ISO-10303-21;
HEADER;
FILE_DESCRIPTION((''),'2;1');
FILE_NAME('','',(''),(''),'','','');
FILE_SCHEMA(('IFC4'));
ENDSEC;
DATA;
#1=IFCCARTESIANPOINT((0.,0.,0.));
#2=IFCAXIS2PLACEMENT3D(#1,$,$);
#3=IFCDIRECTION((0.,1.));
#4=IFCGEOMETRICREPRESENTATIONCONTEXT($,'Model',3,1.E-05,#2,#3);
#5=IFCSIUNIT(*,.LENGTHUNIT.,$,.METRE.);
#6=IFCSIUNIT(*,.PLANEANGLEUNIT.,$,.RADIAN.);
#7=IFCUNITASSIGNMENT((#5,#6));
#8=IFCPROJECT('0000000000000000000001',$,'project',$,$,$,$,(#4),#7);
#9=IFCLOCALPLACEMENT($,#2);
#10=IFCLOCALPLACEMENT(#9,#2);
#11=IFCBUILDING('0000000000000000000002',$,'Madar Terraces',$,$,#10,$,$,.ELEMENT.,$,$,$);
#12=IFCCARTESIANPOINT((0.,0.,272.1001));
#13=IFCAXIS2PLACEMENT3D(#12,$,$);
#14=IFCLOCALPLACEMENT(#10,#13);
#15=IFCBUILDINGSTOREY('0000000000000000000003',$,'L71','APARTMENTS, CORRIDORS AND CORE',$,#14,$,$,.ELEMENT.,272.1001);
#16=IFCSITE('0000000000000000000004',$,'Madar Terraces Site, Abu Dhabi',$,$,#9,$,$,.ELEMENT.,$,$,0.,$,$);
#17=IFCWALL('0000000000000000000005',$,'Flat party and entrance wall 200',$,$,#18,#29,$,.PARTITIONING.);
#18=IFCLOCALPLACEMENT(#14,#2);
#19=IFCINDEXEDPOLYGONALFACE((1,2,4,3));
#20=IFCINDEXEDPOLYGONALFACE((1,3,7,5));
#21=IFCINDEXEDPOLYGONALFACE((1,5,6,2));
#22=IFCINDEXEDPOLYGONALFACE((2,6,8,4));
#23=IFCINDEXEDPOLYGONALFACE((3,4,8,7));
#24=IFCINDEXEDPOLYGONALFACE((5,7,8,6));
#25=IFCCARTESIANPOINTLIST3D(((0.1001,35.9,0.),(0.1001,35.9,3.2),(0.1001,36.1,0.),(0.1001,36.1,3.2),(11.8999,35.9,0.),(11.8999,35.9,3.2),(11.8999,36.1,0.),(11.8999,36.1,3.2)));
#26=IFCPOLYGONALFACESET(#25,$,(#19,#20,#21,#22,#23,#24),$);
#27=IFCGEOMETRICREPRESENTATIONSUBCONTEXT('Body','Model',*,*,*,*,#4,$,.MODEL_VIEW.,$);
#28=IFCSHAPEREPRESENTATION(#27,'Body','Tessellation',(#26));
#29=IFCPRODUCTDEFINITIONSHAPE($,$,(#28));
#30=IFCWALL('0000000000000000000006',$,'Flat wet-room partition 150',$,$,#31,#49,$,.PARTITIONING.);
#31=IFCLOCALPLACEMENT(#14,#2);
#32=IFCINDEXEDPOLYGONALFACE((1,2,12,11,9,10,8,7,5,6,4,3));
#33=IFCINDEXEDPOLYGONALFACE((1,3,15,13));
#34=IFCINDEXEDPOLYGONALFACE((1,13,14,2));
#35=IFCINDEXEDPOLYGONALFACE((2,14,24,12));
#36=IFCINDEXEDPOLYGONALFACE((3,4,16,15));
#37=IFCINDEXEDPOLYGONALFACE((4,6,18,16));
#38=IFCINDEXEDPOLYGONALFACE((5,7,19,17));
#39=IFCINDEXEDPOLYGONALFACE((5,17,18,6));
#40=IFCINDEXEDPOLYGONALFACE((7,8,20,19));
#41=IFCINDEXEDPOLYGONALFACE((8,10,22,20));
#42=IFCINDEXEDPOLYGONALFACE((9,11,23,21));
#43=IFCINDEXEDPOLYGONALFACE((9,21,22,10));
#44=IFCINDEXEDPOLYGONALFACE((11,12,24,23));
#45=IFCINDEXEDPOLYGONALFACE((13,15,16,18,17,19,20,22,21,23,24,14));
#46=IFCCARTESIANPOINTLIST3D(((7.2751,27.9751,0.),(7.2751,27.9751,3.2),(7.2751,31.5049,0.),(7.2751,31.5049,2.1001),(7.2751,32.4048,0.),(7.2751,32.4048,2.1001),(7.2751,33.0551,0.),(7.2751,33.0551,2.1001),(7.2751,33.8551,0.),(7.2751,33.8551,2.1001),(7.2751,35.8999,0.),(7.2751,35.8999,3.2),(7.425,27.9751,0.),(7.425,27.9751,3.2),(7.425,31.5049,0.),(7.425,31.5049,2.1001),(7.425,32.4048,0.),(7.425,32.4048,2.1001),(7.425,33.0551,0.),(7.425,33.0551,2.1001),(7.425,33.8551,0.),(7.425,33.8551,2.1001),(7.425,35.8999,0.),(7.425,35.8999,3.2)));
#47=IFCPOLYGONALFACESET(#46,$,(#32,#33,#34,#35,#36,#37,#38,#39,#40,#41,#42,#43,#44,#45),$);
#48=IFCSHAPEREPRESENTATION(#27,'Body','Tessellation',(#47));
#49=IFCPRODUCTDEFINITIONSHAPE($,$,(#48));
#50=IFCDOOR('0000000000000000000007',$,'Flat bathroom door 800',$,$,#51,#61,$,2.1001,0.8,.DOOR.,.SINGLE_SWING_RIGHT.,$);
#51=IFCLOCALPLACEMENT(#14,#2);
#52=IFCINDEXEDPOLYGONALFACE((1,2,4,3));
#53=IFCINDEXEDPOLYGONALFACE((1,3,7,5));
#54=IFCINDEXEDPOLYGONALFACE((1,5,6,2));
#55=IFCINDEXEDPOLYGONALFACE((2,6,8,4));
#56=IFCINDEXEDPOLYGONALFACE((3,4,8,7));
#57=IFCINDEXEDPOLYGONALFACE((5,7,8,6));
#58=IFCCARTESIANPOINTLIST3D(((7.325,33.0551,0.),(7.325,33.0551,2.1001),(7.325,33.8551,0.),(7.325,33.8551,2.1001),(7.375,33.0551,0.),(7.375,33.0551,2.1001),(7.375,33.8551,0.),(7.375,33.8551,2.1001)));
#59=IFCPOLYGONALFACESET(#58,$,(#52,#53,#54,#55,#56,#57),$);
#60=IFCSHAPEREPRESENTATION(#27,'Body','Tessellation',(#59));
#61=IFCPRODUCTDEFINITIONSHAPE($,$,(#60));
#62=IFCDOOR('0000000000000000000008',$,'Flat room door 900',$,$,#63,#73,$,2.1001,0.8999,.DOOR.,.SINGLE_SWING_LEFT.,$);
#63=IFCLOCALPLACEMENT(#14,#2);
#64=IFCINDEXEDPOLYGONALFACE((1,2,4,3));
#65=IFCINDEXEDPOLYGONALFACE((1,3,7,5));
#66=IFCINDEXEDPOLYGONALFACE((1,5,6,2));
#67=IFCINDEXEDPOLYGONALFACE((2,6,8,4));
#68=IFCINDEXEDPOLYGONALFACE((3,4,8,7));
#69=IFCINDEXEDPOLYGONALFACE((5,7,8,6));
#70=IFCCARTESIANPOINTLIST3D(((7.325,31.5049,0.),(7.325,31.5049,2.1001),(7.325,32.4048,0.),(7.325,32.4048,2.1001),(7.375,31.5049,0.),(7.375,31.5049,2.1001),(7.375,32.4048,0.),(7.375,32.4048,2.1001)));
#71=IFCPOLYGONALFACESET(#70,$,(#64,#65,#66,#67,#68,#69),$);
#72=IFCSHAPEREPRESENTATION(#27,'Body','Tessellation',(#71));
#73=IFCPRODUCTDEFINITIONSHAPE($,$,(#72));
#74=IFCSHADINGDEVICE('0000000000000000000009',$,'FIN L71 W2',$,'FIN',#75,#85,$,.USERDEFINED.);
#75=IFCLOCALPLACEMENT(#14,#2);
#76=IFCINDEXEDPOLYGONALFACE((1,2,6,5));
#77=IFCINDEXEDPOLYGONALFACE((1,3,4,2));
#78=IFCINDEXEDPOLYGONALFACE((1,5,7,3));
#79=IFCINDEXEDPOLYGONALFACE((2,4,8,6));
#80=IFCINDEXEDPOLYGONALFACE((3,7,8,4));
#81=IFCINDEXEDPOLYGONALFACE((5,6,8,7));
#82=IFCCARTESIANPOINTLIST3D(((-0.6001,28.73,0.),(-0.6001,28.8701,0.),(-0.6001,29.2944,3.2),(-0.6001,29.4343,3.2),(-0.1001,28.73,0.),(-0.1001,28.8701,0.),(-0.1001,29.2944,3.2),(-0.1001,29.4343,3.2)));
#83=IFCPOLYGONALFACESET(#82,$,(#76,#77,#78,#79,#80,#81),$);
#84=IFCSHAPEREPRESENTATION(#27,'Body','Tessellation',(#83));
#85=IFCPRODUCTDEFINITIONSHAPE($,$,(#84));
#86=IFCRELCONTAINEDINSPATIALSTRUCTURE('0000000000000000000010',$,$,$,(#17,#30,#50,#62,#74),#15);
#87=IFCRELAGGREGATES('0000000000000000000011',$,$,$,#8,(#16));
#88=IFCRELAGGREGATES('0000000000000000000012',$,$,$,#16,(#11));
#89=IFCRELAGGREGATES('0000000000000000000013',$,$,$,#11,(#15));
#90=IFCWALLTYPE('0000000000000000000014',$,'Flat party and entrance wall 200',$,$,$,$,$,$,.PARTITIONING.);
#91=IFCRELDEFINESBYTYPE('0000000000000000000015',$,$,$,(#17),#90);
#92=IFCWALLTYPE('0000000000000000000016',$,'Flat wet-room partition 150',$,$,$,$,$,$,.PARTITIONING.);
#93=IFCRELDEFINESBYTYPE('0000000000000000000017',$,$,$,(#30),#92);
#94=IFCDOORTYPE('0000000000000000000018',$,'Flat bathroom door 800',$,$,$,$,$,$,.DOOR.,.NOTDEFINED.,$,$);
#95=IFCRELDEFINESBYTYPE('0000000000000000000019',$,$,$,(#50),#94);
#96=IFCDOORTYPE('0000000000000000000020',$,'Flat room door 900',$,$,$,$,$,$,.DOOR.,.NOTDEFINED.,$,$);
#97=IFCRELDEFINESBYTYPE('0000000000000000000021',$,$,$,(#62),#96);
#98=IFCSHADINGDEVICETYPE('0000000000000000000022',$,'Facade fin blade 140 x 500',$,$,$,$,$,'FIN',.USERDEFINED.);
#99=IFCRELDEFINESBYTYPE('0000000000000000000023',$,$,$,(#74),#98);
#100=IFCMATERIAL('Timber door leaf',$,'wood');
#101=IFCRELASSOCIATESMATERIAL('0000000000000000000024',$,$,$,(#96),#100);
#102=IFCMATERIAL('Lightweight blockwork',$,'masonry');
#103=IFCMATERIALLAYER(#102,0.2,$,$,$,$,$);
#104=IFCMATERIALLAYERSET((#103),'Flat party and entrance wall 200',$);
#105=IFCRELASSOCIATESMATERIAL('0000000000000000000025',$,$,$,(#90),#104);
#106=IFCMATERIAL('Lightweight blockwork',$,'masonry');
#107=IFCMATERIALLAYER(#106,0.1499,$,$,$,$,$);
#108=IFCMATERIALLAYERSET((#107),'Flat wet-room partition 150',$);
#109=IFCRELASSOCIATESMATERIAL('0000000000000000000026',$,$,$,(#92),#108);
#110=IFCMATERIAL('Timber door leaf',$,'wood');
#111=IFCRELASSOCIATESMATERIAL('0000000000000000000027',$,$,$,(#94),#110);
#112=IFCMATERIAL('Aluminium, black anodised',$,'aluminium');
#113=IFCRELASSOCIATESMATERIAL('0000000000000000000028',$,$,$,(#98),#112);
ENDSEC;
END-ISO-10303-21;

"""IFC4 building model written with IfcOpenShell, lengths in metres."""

from ifc_helpers import new_model, si_unit, direction, frame, frame_2d, origin, place, context, subcontext, project, spatial, polyline, rectangle, outline, extrude, material, layer, layer_set, type_object, element, fill, save


model = new_model("IFC4")

# Units and contexts
model_context = context("Model", 3, precision=1e-05, world=origin(), true_north=direction((0.0, 1.0)))
body_context = subcontext(model_context, "Body", "Model", "MODEL_VIEW")
ifc_project = project(units=[si_unit("LENGTHUNIT", "METRE"), si_unit("PLANEANGLEUNIT", "RADIAN")], contexts=[model_context])

# Site, building, storey
site_placement = place(None, origin())
site = spatial("IfcSite", under=ifc_project, at=site_placement, Name="Madar Terraces Site, Abu Dhabi", CompositionType="ELEMENT", RefElevation=0.0)
building_placement = place(site_placement, origin())
building = spatial("IfcBuilding", under=site, at=building_placement, Name="Madar Terraces", CompositionType="ELEMENT")
storey_placement = place(building_placement, frame((0.0, 0.0, 272.1001)))
storey = spatial("IfcBuildingStorey", under=building, at=storey_placement, Name="L71", Description="APARTMENTS, CORRIDORS AND CORE", CompositionType="ELEMENT", Elevation=272.1001)

# Shared definitions
ifc_material_1 = material(Name="Timber door leaf", Category="wood")
door_type_1 = type_object("IfcDoorType", Name="Flat room door 900", OperationType="NOTDEFINED", PredefinedType="DOOR", material=ifc_material_1)

# Wall
ifc_material_2 = material(Name="Lightweight blockwork", Category="masonry")
ifc_layer_1 = layer(ifc_material_2, 0.2)
ifc_layer_set_1 = layer_set([ifc_layer_1], Name="Flat party and entrance wall 200")
wall_type_1 = type_object("IfcWallType", Name="Flat party and entrance wall 200", PredefinedType="PARTITIONING", material=ifc_layer_set_1)
wall_1_placement = place(storey_placement, frame((0.1001, 36.0, 0.0), z_axis=(0.0, 0.0, 1.0), x_axis=(1.0, 0.0, 0.0)))
element("IfcWall", 1, at=wall_1_placement, inside=storey, type_object=wall_type_1, Name="Flat party and entrance wall 200", PredefinedType="PARTITIONING", context=body_context, shape_type="SweptSolid", body=[
    extrude(rectangle(XDim=11.7998, YDim=0.2, at=frame_2d((5.8999, 0.0))), origin(), (0.0, 0.0, 1.0), 3.2),
])

# Wall, openings, doors
ifc_material_3 = material(Name="Lightweight blockwork", Category="masonry")
ifc_layer_2 = layer(ifc_material_3, 0.1499)
ifc_layer_set_2 = layer_set([ifc_layer_2], Name="Flat wet-room partition 150")
wall_type_2 = type_object("IfcWallType", Name="Flat wet-room partition 150", PredefinedType="PARTITIONING", material=ifc_layer_set_2)
wall_2_placement = place(storey_placement, frame((7.3501, 35.8999, 0.0), z_axis=(0.0, 0.0, 1.0), x_axis=(0.0, -1.0, 0.0)))
wall_2 = element("IfcWall", 2, at=wall_2_placement, inside=storey, type_object=wall_type_2, Name="Flat wet-room partition 150", PredefinedType="PARTITIONING", context=body_context, shape_type="SweptSolid", body=[
    extrude(rectangle(XDim=7.9248, YDim=0.1499, at=frame_2d((3.9624, 0.0))), origin(), (0.0, 0.0, 1.0), 3.2),
])
opening_1_placement = place(wall_2_placement, frame((3.4951, 0.0, 0.0)))
opening_1 = element("IfcOpeningElement", 3, at=opening_1_placement, cuts=wall_2, PredefinedType="OPENING", context=body_context, shape_type="SweptSolid", body=[
    extrude(rectangle(XDim=0.8999, YDim=2.1001, at=frame_2d((0.45, 1.05))), frame((0.0, 0.085, 0.0), z_axis=(0.0, -1.0, 0.0), x_axis=(1.0, 0.0, 0.0)), (0.0, 0.0, 1.0), 0.1699),
])
opening_2_placement = place(wall_2_placement, frame((2.0449, 0.0, 0.0)))
opening_2 = element("IfcOpeningElement", 4, at=opening_2_placement, cuts=wall_2, PredefinedType="OPENING", context=body_context, shape_type="SweptSolid", body=[
    extrude(rectangle(XDim=0.8, YDim=2.1001, at=frame_2d((0.3999, 1.05))), frame((0.0, 0.085, 0.0), z_axis=(0.0, -1.0, 0.0), x_axis=(1.0, 0.0, 0.0)), (0.0, 0.0, 1.0), 0.1699),
])
ifc_material_4 = material(Name="Timber door leaf", Category="wood")
door_type_2 = type_object("IfcDoorType", Name="Flat bathroom door 800", OperationType="NOTDEFINED", PredefinedType="DOOR", material=ifc_material_4)
door_1_placement = place(opening_2_placement, origin())
door_1 = element("IfcDoor", 5, at=door_1_placement, inside=storey, type_object=door_type_2, Name="Flat bathroom door 800", OperationType="SINGLE_SWING_RIGHT", OverallHeight=2.1001, OverallWidth=0.8, PredefinedType="DOOR", context=body_context, shape_type="SweptSolid", body=[
    extrude(rectangle(XDim=0.8, YDim=2.1001, at=frame_2d((0.3999, 1.05))), frame((0.0, 0.0249, 0.0), z_axis=(0.0, -1.0, 0.0), x_axis=(1.0, 0.0, 0.0)), (0.0, 0.0, 1.0), 0.05),
])
fill(opening_2, door_1)
door_2_placement = place(opening_1_placement, origin())
door_2 = element("IfcDoor", 6, at=door_2_placement, inside=storey, type_object=door_type_1, Name="Flat room door 900", OperationType="SINGLE_SWING_LEFT", OverallHeight=2.1001, OverallWidth=0.8999, PredefinedType="DOOR", context=body_context, shape_type="SweptSolid", body=[
    extrude(rectangle(XDim=0.8999, YDim=2.1001, at=frame_2d((0.45, 1.05))), frame((0.0, 0.0249, 0.0), z_axis=(0.0, -1.0, 0.0), x_axis=(1.0, 0.0, 0.0)), (0.0, 0.0, 1.0), 0.05),
])
fill(opening_1, door_2)

# Shading device
ifc_material_5 = material(Name="Aluminium, black anodised", Category="aluminium")
shading_device_type = type_object("IfcShadingDeviceType", Name="Facade fin blade 140 x 500", ElementType="FIN", PredefinedType="USERDEFINED", material=ifc_material_5)
shading_device_placement = place(storey_placement, frame((-0.3501, 28.8701, 0.0), z_axis=(0.0, 0.0, 1.0), x_axis=(0.0, -1.0, 0.0)))
element("IfcShadingDevice", 7, at=shading_device_placement, inside=storey, type_object=shading_device_type, Name="FIN L71 W2", ObjectType="FIN", PredefinedType="USERDEFINED", context=body_context, shape_type="SweptSolid", body=[
    extrude(outline(polyline([(0.0, 0.0), (0.1401, 0.0), (-0.4243, 3.2), (-0.5642, 3.2), (0.0, 0.0)])), frame((0.0, 0.25, 0.0), z_axis=(0.0, -1.0, 0.0), x_axis=(1.0, 0.0, 0.0)), (0.0, 0.0, 1.0), 0.5),
])

save(model, "model.ifc")
